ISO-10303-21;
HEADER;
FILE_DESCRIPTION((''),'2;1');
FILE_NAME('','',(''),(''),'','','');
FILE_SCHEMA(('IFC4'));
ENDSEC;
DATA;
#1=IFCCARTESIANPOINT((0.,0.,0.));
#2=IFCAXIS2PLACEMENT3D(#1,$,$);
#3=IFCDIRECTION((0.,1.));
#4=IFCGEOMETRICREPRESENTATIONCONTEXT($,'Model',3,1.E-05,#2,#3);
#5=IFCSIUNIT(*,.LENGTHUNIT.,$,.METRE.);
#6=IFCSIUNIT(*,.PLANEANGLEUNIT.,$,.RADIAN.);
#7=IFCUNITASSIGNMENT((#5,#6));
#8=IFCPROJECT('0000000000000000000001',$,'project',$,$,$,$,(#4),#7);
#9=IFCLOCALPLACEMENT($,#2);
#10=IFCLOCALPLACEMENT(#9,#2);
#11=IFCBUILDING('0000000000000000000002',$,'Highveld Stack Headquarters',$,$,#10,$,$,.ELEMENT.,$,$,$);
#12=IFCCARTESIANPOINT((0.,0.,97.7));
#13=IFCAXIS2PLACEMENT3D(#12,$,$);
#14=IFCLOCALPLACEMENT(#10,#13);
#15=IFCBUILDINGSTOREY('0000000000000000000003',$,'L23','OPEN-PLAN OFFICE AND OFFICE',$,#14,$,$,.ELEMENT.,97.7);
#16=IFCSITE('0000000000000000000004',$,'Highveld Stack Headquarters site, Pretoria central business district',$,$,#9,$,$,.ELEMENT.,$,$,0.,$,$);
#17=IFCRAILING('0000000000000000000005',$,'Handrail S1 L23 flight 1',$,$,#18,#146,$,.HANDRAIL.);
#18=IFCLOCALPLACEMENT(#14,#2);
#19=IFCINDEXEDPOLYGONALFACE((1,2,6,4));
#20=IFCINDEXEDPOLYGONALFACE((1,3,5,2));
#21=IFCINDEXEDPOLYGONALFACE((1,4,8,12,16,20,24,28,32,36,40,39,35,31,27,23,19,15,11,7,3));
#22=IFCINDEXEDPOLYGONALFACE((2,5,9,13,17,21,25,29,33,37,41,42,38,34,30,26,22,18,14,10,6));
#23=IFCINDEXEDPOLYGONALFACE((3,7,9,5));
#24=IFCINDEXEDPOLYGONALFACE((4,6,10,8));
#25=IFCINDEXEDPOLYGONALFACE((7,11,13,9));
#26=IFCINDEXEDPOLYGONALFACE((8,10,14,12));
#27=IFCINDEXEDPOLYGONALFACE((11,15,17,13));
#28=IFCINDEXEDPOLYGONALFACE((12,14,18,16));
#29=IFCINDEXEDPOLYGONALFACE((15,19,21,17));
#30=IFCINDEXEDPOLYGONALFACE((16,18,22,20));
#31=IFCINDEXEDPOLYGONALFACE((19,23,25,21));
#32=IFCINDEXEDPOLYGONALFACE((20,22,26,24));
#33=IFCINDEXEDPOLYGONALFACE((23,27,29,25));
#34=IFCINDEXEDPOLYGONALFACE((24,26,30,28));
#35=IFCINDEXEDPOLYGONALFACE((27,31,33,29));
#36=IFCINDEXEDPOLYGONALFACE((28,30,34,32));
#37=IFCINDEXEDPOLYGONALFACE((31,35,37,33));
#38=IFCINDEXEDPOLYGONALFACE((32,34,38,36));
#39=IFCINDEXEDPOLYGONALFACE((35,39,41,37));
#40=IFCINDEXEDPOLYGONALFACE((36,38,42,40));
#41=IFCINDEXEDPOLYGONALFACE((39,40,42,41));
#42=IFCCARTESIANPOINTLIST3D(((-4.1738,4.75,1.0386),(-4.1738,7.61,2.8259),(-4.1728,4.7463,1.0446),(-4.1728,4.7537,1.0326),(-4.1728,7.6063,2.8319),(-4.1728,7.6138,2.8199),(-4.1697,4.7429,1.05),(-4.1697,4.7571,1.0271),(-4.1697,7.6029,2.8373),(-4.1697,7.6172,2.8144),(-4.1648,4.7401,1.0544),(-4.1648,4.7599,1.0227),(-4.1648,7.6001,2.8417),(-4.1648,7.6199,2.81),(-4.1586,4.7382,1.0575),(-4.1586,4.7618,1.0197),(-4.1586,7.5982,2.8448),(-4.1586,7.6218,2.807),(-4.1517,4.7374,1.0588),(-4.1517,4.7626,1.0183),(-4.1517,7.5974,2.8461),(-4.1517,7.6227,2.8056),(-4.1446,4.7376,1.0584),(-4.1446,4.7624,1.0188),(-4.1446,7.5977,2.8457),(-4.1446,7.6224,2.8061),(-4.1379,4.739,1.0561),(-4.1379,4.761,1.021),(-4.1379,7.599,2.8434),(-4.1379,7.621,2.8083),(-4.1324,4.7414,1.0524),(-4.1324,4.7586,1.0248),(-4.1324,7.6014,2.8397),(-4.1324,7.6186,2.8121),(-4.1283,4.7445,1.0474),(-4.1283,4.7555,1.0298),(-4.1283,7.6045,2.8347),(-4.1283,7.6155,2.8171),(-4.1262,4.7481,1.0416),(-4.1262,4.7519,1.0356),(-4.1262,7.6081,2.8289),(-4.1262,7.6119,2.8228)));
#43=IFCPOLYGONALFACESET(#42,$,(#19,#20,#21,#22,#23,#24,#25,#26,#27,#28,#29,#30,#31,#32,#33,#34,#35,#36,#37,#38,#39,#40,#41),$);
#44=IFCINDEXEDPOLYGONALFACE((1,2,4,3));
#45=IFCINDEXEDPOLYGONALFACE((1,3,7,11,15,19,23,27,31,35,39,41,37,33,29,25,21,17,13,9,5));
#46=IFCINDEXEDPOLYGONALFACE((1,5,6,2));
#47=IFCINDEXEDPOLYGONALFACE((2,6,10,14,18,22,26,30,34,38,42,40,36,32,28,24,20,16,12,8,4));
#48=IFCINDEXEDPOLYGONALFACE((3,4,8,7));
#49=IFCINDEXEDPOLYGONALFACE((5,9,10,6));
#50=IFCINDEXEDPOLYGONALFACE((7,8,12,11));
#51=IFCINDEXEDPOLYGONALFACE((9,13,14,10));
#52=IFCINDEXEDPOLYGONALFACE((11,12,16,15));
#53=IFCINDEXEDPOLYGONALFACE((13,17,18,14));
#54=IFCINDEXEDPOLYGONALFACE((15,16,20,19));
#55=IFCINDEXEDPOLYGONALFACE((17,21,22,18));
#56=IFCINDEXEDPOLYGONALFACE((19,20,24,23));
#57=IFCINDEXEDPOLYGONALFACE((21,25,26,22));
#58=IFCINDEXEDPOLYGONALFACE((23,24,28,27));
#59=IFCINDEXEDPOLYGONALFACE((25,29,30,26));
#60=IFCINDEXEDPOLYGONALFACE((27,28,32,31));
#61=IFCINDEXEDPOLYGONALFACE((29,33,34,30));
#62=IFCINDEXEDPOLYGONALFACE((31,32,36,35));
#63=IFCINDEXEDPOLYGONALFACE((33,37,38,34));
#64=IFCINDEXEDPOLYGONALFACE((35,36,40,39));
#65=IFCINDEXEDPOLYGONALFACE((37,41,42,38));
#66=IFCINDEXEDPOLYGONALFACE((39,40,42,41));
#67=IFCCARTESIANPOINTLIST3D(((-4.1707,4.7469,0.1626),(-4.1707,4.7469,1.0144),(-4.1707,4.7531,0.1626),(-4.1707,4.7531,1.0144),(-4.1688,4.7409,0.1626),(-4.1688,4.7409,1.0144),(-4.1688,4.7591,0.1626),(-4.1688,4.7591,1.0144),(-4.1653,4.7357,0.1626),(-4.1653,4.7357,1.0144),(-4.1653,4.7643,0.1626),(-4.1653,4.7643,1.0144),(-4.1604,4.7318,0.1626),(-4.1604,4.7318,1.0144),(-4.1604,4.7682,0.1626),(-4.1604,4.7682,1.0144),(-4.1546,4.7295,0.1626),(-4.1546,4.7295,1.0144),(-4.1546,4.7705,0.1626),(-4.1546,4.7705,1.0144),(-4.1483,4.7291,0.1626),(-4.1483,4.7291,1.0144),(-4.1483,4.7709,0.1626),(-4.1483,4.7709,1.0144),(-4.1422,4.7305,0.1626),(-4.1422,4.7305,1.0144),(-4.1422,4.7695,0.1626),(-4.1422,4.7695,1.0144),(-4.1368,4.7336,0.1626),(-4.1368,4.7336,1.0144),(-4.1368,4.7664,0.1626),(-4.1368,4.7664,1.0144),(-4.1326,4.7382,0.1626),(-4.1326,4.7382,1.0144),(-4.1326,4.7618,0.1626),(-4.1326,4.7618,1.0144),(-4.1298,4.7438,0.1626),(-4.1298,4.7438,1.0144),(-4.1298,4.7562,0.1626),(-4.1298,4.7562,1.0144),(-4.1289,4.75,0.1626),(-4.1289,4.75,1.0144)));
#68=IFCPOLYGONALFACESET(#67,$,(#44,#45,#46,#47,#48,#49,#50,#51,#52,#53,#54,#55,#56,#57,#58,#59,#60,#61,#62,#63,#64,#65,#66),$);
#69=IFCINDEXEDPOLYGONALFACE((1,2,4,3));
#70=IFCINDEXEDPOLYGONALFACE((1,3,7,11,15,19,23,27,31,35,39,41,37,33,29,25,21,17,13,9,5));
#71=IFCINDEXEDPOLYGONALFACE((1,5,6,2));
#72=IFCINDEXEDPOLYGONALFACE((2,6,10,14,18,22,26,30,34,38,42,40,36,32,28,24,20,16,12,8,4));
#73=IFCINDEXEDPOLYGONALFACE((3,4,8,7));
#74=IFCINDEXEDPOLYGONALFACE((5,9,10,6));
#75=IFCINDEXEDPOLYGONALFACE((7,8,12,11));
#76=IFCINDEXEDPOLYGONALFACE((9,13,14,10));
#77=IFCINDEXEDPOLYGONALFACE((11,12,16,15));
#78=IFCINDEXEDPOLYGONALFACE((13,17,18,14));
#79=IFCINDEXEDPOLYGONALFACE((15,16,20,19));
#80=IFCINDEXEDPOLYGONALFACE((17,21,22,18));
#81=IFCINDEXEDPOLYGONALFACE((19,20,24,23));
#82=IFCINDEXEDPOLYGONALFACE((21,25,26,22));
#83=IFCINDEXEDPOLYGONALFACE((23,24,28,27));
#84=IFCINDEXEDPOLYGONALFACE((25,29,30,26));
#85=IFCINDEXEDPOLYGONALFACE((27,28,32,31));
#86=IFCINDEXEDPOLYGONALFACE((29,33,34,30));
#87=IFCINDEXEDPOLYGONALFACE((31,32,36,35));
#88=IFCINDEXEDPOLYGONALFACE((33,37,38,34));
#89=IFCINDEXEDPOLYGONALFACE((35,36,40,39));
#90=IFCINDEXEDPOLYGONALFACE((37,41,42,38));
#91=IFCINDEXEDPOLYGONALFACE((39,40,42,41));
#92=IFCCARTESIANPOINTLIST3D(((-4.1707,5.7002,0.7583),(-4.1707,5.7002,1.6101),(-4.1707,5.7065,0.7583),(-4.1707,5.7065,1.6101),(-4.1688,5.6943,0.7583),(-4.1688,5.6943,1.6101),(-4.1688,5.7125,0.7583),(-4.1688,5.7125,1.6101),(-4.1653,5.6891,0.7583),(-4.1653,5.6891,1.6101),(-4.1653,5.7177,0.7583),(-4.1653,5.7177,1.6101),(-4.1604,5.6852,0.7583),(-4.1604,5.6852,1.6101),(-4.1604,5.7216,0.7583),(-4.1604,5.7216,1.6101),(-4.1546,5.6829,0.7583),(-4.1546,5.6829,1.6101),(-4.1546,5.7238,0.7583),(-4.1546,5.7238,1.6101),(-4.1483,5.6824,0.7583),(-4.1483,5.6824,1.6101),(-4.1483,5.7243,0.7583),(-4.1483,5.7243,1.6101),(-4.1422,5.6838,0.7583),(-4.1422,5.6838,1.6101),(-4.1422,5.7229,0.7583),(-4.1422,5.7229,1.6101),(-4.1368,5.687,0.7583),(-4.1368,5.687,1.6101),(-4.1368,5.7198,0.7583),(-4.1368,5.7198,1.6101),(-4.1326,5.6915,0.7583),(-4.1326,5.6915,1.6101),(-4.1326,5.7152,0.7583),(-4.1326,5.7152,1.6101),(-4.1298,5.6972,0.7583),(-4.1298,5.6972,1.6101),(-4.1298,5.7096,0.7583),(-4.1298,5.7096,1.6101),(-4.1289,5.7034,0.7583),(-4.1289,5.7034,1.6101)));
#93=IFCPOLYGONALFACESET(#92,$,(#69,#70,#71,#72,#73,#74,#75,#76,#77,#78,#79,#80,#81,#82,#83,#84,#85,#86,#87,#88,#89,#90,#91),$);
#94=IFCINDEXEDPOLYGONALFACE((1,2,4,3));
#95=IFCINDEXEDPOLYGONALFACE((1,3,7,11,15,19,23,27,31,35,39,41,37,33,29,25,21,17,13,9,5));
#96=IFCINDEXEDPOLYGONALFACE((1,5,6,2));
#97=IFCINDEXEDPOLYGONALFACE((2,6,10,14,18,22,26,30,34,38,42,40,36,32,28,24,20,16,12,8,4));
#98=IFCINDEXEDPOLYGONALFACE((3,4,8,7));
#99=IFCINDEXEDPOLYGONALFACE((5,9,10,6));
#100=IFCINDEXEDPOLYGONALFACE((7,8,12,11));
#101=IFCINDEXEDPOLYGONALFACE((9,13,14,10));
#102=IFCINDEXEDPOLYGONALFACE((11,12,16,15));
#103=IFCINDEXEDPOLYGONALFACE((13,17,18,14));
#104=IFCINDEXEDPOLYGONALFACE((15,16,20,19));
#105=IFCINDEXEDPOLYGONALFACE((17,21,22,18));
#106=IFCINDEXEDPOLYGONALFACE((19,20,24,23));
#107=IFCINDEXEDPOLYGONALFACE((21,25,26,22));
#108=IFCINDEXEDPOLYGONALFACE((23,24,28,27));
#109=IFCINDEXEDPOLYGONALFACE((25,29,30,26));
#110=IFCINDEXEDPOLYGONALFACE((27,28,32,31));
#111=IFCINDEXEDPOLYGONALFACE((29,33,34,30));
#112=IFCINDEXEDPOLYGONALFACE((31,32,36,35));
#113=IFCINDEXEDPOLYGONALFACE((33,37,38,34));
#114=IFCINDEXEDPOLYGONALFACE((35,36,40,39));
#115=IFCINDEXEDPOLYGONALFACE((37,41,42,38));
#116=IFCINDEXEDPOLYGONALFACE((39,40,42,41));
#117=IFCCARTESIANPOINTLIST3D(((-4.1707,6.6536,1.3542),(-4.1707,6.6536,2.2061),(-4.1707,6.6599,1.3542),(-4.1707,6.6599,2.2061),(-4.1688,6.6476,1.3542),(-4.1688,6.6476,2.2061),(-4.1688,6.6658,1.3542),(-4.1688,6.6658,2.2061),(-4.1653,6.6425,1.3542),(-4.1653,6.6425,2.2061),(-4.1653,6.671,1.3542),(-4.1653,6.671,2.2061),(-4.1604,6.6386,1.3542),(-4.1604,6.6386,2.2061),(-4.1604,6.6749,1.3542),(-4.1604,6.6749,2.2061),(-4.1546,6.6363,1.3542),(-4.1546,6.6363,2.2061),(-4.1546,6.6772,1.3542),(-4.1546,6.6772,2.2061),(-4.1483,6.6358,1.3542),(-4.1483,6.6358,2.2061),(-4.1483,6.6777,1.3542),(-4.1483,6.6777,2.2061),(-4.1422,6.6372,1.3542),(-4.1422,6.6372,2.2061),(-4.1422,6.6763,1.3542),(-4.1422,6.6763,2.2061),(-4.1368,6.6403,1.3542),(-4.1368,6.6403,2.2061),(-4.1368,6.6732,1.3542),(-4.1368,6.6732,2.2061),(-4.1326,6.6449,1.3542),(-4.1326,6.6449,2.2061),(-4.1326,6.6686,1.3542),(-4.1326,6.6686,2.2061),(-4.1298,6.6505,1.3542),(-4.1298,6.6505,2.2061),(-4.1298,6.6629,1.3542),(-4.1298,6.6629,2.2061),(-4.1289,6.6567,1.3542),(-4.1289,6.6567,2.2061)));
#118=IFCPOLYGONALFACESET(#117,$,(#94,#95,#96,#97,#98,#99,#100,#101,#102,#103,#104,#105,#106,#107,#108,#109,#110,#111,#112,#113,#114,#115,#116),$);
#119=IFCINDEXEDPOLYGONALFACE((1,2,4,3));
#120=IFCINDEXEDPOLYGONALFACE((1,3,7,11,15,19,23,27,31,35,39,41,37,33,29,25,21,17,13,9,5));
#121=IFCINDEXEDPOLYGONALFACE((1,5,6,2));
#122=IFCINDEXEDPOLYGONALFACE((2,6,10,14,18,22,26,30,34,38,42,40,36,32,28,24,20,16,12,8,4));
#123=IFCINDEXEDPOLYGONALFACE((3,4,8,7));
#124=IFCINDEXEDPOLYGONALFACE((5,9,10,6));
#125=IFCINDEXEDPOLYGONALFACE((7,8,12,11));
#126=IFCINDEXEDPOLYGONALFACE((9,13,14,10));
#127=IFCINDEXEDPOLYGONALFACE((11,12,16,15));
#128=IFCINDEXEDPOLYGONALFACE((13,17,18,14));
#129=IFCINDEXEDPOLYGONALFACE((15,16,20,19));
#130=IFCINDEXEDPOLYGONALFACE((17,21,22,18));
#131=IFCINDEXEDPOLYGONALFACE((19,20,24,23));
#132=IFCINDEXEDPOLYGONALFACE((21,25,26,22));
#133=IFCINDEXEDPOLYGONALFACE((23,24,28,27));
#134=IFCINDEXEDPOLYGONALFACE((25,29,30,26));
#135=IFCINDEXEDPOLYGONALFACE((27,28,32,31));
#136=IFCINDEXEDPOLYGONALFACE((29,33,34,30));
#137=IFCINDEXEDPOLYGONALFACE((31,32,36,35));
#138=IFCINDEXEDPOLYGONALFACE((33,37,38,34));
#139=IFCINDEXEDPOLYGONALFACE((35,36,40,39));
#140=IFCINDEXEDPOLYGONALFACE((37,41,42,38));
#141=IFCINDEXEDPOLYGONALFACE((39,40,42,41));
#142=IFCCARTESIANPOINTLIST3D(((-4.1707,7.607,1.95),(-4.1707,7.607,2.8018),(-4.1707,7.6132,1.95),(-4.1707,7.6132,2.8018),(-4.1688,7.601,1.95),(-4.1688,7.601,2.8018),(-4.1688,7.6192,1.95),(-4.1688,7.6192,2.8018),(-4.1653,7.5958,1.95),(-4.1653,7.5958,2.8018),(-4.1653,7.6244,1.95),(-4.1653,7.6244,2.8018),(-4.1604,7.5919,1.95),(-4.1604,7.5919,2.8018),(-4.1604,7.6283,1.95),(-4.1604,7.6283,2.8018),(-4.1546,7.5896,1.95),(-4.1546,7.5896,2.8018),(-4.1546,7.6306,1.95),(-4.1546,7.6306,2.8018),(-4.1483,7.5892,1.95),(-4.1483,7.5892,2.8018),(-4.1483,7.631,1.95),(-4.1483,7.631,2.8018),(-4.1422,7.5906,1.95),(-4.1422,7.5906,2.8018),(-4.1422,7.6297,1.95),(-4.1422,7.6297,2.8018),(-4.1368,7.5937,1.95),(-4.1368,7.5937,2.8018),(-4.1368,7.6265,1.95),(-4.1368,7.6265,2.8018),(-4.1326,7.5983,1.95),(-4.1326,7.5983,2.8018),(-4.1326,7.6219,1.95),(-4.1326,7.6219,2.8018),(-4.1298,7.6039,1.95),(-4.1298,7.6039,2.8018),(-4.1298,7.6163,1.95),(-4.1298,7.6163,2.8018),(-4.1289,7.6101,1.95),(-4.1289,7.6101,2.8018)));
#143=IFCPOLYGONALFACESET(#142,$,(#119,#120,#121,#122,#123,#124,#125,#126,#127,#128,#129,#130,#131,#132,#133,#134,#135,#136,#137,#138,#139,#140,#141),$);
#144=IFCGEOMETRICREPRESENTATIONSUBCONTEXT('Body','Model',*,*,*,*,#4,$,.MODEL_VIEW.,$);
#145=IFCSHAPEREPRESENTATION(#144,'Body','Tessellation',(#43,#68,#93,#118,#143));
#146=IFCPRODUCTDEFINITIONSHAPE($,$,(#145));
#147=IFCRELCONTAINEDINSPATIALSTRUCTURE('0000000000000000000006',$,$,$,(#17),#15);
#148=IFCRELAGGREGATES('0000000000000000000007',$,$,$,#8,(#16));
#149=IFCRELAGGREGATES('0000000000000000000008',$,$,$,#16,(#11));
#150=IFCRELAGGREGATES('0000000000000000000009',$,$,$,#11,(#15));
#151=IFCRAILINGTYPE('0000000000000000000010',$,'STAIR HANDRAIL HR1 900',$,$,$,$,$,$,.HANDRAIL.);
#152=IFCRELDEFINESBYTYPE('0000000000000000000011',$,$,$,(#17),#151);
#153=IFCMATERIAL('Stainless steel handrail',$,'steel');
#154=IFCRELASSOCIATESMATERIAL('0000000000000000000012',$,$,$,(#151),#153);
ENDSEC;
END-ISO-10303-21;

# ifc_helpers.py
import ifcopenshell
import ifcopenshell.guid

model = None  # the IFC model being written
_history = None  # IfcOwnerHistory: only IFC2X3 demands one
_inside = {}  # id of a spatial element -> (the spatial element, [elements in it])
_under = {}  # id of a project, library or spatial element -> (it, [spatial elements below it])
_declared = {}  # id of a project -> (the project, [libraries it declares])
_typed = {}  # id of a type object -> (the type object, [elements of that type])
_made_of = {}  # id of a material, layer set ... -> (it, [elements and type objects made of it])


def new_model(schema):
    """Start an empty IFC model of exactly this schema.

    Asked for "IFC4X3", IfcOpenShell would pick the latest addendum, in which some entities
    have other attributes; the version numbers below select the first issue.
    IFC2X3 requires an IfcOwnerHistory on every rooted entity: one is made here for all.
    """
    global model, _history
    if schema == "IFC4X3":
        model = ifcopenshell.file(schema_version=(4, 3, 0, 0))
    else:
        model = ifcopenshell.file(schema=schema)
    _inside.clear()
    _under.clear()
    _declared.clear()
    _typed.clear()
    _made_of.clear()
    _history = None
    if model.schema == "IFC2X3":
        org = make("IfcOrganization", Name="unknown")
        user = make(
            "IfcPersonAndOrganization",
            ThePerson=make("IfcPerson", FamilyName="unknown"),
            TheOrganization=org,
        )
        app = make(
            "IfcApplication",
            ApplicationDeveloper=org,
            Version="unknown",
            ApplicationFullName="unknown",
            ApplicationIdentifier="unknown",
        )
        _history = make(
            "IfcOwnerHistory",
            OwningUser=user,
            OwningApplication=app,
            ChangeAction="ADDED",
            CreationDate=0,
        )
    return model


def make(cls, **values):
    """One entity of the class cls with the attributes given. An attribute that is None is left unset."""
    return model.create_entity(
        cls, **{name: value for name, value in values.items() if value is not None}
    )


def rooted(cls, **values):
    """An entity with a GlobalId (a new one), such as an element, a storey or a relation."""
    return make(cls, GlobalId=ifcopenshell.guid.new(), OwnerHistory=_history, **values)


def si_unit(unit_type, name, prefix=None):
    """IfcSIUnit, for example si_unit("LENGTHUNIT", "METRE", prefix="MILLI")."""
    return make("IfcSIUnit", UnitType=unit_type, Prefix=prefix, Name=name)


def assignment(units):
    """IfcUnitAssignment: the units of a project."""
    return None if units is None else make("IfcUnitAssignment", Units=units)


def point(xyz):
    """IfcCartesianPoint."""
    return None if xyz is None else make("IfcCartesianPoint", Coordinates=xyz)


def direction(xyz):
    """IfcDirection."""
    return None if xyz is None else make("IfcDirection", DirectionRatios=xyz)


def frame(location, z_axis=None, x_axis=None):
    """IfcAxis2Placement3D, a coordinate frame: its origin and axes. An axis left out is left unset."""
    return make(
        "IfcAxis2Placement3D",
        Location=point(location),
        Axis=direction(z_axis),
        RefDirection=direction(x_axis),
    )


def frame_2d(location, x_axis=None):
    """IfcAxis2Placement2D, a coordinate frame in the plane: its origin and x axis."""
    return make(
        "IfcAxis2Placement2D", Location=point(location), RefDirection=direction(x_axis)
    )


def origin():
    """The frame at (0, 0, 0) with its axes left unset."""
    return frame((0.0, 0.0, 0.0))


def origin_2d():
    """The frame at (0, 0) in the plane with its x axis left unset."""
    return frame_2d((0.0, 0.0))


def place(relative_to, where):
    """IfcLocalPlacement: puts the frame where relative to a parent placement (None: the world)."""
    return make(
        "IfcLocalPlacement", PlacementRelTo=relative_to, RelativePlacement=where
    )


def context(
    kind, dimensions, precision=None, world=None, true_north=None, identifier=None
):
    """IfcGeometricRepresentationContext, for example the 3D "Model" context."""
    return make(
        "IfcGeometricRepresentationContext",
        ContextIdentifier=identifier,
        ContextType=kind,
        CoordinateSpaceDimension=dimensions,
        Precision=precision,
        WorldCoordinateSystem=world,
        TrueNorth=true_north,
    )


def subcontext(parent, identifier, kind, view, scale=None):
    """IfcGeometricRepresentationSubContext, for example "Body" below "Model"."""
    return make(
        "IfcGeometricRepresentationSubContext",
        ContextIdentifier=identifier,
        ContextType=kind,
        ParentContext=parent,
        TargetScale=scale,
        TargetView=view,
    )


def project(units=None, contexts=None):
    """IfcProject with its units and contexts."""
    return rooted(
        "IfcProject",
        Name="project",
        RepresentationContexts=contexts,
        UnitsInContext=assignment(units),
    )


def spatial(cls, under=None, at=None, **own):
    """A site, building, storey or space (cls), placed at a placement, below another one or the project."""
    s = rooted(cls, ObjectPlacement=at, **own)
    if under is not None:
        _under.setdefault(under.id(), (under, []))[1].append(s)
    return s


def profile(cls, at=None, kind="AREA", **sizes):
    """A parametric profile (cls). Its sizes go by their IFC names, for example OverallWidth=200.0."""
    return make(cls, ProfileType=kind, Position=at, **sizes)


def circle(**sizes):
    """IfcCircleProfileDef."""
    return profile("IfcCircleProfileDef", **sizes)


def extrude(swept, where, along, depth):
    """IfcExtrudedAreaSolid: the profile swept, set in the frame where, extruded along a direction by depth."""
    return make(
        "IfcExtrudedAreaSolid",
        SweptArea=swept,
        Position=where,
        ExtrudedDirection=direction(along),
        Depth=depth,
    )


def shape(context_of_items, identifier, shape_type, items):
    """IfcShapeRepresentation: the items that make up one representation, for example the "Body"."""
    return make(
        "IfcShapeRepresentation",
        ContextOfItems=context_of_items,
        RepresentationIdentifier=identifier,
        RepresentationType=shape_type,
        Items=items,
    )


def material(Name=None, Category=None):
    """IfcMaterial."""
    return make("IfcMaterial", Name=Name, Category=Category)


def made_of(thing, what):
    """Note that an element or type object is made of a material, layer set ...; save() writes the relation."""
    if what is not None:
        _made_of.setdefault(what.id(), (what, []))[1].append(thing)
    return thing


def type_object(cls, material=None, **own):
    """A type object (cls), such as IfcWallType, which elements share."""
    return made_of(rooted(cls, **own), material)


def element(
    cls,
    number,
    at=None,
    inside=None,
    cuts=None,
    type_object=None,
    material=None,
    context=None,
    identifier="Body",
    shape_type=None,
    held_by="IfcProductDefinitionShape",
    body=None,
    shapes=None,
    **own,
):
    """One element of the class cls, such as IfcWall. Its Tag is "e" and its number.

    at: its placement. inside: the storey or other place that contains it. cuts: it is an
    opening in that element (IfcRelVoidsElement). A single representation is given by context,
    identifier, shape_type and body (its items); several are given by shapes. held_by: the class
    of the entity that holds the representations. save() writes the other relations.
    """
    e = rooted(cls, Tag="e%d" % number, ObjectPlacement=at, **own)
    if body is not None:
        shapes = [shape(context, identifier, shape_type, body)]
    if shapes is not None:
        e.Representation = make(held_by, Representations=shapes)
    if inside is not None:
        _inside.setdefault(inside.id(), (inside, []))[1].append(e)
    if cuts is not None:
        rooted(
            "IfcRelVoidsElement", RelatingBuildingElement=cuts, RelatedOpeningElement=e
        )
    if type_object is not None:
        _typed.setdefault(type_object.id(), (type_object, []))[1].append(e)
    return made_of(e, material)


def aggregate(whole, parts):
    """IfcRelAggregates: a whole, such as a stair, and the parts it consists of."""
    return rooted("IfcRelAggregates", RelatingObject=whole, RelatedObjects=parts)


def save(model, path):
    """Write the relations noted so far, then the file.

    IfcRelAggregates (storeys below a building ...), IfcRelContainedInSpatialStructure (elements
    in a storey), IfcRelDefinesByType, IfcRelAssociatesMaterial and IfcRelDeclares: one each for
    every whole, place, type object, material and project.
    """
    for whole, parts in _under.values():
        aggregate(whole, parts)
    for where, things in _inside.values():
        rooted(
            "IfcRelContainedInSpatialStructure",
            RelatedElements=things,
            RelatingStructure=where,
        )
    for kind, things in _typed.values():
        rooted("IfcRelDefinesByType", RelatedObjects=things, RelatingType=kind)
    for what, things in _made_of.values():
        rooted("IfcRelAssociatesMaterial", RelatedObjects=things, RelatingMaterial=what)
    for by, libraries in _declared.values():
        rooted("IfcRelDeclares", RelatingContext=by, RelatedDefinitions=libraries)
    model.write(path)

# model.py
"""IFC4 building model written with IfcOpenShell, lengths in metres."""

from ifc_helpers import new_model, si_unit, direction, frame, origin, origin_2d, place, context, subcontext, project, spatial, circle, extrude, material, type_object, element, save


model = new_model("IFC4")

# Units and contexts
model_context = context("Model", 3, precision=1e-05, world=origin(), true_north=direction((0.0, 1.0)))
body_context = subcontext(model_context, "Body", "Model", "MODEL_VIEW")
ifc_project = project(units=[si_unit("LENGTHUNIT", "METRE"), si_unit("PLANEANGLEUNIT", "RADIAN")], contexts=[model_context])

# Site, building, storey
site_placement = place(None, origin())
site = spatial("IfcSite", under=ifc_project, at=site_placement, Name="Highveld Stack Headquarters site, Pretoria central business district", CompositionType="ELEMENT", RefElevation=0.0)
building_placement = place(site_placement, origin())
building = spatial("IfcBuilding", under=site, at=building_placement, Name="Highveld Stack Headquarters", CompositionType="ELEMENT")
storey_placement = place(building_placement, frame((0.0, 0.0, 97.7)))
storey = spatial("IfcBuildingStorey", under=building, at=storey_placement, Name="L23", Description="OPEN-PLAN OFFICE AND OFFICE", CompositionType="ELEMENT", Elevation=97.7)

# Railing
ifc_material_1 = material(Name="Stainless steel handrail", Category="steel")
railing_type = type_object("IfcRailingType", Name="STAIR HANDRAIL HR1 900", PredefinedType="HANDRAIL", material=ifc_material_1)
for number, where, name in (
    (1, (-4.1499, 4.75, 0.1626), "Handrail S1 L23 flight 1"),
):
    element("IfcRailing", number, at=place(storey_placement, frame(where)), inside=storey, type_object=railing_type, Name=name, PredefinedType="HANDRAIL", context=body_context, shape_type="SweptSolid", body=[
        extrude(circle(Radius=0.0239, at=origin_2d()), frame((0.0, 0.0, 0.876), z_axis=(0.0, 0.848027, 0.529953), x_axis=(-1.0, 0.0, 0.0)), (0.0, 0.0, 1.0), 3.3726),
        extrude(circle(Radius=0.021, at=origin_2d()), origin(), (0.0, 0.0, 1.0), 0.8518),
        extrude(circle(Radius=0.021, at=origin_2d()), frame((0.0, 0.9534, 0.5957)), (0.0, 0.0, 1.0), 0.8518),
        extrude(circle(Radius=0.021, at=origin_2d()), frame((0.0, 1.9067, 1.1917)), (0.0, 0.0, 1.0), 0.8518),
        extrude(circle(Radius=0.021, at=origin_2d()), frame((0.0, 2.8601, 1.7874)), (0.0, 0.0, 1.0), 0.8518),
    ])

save(model, "model.ifc")
